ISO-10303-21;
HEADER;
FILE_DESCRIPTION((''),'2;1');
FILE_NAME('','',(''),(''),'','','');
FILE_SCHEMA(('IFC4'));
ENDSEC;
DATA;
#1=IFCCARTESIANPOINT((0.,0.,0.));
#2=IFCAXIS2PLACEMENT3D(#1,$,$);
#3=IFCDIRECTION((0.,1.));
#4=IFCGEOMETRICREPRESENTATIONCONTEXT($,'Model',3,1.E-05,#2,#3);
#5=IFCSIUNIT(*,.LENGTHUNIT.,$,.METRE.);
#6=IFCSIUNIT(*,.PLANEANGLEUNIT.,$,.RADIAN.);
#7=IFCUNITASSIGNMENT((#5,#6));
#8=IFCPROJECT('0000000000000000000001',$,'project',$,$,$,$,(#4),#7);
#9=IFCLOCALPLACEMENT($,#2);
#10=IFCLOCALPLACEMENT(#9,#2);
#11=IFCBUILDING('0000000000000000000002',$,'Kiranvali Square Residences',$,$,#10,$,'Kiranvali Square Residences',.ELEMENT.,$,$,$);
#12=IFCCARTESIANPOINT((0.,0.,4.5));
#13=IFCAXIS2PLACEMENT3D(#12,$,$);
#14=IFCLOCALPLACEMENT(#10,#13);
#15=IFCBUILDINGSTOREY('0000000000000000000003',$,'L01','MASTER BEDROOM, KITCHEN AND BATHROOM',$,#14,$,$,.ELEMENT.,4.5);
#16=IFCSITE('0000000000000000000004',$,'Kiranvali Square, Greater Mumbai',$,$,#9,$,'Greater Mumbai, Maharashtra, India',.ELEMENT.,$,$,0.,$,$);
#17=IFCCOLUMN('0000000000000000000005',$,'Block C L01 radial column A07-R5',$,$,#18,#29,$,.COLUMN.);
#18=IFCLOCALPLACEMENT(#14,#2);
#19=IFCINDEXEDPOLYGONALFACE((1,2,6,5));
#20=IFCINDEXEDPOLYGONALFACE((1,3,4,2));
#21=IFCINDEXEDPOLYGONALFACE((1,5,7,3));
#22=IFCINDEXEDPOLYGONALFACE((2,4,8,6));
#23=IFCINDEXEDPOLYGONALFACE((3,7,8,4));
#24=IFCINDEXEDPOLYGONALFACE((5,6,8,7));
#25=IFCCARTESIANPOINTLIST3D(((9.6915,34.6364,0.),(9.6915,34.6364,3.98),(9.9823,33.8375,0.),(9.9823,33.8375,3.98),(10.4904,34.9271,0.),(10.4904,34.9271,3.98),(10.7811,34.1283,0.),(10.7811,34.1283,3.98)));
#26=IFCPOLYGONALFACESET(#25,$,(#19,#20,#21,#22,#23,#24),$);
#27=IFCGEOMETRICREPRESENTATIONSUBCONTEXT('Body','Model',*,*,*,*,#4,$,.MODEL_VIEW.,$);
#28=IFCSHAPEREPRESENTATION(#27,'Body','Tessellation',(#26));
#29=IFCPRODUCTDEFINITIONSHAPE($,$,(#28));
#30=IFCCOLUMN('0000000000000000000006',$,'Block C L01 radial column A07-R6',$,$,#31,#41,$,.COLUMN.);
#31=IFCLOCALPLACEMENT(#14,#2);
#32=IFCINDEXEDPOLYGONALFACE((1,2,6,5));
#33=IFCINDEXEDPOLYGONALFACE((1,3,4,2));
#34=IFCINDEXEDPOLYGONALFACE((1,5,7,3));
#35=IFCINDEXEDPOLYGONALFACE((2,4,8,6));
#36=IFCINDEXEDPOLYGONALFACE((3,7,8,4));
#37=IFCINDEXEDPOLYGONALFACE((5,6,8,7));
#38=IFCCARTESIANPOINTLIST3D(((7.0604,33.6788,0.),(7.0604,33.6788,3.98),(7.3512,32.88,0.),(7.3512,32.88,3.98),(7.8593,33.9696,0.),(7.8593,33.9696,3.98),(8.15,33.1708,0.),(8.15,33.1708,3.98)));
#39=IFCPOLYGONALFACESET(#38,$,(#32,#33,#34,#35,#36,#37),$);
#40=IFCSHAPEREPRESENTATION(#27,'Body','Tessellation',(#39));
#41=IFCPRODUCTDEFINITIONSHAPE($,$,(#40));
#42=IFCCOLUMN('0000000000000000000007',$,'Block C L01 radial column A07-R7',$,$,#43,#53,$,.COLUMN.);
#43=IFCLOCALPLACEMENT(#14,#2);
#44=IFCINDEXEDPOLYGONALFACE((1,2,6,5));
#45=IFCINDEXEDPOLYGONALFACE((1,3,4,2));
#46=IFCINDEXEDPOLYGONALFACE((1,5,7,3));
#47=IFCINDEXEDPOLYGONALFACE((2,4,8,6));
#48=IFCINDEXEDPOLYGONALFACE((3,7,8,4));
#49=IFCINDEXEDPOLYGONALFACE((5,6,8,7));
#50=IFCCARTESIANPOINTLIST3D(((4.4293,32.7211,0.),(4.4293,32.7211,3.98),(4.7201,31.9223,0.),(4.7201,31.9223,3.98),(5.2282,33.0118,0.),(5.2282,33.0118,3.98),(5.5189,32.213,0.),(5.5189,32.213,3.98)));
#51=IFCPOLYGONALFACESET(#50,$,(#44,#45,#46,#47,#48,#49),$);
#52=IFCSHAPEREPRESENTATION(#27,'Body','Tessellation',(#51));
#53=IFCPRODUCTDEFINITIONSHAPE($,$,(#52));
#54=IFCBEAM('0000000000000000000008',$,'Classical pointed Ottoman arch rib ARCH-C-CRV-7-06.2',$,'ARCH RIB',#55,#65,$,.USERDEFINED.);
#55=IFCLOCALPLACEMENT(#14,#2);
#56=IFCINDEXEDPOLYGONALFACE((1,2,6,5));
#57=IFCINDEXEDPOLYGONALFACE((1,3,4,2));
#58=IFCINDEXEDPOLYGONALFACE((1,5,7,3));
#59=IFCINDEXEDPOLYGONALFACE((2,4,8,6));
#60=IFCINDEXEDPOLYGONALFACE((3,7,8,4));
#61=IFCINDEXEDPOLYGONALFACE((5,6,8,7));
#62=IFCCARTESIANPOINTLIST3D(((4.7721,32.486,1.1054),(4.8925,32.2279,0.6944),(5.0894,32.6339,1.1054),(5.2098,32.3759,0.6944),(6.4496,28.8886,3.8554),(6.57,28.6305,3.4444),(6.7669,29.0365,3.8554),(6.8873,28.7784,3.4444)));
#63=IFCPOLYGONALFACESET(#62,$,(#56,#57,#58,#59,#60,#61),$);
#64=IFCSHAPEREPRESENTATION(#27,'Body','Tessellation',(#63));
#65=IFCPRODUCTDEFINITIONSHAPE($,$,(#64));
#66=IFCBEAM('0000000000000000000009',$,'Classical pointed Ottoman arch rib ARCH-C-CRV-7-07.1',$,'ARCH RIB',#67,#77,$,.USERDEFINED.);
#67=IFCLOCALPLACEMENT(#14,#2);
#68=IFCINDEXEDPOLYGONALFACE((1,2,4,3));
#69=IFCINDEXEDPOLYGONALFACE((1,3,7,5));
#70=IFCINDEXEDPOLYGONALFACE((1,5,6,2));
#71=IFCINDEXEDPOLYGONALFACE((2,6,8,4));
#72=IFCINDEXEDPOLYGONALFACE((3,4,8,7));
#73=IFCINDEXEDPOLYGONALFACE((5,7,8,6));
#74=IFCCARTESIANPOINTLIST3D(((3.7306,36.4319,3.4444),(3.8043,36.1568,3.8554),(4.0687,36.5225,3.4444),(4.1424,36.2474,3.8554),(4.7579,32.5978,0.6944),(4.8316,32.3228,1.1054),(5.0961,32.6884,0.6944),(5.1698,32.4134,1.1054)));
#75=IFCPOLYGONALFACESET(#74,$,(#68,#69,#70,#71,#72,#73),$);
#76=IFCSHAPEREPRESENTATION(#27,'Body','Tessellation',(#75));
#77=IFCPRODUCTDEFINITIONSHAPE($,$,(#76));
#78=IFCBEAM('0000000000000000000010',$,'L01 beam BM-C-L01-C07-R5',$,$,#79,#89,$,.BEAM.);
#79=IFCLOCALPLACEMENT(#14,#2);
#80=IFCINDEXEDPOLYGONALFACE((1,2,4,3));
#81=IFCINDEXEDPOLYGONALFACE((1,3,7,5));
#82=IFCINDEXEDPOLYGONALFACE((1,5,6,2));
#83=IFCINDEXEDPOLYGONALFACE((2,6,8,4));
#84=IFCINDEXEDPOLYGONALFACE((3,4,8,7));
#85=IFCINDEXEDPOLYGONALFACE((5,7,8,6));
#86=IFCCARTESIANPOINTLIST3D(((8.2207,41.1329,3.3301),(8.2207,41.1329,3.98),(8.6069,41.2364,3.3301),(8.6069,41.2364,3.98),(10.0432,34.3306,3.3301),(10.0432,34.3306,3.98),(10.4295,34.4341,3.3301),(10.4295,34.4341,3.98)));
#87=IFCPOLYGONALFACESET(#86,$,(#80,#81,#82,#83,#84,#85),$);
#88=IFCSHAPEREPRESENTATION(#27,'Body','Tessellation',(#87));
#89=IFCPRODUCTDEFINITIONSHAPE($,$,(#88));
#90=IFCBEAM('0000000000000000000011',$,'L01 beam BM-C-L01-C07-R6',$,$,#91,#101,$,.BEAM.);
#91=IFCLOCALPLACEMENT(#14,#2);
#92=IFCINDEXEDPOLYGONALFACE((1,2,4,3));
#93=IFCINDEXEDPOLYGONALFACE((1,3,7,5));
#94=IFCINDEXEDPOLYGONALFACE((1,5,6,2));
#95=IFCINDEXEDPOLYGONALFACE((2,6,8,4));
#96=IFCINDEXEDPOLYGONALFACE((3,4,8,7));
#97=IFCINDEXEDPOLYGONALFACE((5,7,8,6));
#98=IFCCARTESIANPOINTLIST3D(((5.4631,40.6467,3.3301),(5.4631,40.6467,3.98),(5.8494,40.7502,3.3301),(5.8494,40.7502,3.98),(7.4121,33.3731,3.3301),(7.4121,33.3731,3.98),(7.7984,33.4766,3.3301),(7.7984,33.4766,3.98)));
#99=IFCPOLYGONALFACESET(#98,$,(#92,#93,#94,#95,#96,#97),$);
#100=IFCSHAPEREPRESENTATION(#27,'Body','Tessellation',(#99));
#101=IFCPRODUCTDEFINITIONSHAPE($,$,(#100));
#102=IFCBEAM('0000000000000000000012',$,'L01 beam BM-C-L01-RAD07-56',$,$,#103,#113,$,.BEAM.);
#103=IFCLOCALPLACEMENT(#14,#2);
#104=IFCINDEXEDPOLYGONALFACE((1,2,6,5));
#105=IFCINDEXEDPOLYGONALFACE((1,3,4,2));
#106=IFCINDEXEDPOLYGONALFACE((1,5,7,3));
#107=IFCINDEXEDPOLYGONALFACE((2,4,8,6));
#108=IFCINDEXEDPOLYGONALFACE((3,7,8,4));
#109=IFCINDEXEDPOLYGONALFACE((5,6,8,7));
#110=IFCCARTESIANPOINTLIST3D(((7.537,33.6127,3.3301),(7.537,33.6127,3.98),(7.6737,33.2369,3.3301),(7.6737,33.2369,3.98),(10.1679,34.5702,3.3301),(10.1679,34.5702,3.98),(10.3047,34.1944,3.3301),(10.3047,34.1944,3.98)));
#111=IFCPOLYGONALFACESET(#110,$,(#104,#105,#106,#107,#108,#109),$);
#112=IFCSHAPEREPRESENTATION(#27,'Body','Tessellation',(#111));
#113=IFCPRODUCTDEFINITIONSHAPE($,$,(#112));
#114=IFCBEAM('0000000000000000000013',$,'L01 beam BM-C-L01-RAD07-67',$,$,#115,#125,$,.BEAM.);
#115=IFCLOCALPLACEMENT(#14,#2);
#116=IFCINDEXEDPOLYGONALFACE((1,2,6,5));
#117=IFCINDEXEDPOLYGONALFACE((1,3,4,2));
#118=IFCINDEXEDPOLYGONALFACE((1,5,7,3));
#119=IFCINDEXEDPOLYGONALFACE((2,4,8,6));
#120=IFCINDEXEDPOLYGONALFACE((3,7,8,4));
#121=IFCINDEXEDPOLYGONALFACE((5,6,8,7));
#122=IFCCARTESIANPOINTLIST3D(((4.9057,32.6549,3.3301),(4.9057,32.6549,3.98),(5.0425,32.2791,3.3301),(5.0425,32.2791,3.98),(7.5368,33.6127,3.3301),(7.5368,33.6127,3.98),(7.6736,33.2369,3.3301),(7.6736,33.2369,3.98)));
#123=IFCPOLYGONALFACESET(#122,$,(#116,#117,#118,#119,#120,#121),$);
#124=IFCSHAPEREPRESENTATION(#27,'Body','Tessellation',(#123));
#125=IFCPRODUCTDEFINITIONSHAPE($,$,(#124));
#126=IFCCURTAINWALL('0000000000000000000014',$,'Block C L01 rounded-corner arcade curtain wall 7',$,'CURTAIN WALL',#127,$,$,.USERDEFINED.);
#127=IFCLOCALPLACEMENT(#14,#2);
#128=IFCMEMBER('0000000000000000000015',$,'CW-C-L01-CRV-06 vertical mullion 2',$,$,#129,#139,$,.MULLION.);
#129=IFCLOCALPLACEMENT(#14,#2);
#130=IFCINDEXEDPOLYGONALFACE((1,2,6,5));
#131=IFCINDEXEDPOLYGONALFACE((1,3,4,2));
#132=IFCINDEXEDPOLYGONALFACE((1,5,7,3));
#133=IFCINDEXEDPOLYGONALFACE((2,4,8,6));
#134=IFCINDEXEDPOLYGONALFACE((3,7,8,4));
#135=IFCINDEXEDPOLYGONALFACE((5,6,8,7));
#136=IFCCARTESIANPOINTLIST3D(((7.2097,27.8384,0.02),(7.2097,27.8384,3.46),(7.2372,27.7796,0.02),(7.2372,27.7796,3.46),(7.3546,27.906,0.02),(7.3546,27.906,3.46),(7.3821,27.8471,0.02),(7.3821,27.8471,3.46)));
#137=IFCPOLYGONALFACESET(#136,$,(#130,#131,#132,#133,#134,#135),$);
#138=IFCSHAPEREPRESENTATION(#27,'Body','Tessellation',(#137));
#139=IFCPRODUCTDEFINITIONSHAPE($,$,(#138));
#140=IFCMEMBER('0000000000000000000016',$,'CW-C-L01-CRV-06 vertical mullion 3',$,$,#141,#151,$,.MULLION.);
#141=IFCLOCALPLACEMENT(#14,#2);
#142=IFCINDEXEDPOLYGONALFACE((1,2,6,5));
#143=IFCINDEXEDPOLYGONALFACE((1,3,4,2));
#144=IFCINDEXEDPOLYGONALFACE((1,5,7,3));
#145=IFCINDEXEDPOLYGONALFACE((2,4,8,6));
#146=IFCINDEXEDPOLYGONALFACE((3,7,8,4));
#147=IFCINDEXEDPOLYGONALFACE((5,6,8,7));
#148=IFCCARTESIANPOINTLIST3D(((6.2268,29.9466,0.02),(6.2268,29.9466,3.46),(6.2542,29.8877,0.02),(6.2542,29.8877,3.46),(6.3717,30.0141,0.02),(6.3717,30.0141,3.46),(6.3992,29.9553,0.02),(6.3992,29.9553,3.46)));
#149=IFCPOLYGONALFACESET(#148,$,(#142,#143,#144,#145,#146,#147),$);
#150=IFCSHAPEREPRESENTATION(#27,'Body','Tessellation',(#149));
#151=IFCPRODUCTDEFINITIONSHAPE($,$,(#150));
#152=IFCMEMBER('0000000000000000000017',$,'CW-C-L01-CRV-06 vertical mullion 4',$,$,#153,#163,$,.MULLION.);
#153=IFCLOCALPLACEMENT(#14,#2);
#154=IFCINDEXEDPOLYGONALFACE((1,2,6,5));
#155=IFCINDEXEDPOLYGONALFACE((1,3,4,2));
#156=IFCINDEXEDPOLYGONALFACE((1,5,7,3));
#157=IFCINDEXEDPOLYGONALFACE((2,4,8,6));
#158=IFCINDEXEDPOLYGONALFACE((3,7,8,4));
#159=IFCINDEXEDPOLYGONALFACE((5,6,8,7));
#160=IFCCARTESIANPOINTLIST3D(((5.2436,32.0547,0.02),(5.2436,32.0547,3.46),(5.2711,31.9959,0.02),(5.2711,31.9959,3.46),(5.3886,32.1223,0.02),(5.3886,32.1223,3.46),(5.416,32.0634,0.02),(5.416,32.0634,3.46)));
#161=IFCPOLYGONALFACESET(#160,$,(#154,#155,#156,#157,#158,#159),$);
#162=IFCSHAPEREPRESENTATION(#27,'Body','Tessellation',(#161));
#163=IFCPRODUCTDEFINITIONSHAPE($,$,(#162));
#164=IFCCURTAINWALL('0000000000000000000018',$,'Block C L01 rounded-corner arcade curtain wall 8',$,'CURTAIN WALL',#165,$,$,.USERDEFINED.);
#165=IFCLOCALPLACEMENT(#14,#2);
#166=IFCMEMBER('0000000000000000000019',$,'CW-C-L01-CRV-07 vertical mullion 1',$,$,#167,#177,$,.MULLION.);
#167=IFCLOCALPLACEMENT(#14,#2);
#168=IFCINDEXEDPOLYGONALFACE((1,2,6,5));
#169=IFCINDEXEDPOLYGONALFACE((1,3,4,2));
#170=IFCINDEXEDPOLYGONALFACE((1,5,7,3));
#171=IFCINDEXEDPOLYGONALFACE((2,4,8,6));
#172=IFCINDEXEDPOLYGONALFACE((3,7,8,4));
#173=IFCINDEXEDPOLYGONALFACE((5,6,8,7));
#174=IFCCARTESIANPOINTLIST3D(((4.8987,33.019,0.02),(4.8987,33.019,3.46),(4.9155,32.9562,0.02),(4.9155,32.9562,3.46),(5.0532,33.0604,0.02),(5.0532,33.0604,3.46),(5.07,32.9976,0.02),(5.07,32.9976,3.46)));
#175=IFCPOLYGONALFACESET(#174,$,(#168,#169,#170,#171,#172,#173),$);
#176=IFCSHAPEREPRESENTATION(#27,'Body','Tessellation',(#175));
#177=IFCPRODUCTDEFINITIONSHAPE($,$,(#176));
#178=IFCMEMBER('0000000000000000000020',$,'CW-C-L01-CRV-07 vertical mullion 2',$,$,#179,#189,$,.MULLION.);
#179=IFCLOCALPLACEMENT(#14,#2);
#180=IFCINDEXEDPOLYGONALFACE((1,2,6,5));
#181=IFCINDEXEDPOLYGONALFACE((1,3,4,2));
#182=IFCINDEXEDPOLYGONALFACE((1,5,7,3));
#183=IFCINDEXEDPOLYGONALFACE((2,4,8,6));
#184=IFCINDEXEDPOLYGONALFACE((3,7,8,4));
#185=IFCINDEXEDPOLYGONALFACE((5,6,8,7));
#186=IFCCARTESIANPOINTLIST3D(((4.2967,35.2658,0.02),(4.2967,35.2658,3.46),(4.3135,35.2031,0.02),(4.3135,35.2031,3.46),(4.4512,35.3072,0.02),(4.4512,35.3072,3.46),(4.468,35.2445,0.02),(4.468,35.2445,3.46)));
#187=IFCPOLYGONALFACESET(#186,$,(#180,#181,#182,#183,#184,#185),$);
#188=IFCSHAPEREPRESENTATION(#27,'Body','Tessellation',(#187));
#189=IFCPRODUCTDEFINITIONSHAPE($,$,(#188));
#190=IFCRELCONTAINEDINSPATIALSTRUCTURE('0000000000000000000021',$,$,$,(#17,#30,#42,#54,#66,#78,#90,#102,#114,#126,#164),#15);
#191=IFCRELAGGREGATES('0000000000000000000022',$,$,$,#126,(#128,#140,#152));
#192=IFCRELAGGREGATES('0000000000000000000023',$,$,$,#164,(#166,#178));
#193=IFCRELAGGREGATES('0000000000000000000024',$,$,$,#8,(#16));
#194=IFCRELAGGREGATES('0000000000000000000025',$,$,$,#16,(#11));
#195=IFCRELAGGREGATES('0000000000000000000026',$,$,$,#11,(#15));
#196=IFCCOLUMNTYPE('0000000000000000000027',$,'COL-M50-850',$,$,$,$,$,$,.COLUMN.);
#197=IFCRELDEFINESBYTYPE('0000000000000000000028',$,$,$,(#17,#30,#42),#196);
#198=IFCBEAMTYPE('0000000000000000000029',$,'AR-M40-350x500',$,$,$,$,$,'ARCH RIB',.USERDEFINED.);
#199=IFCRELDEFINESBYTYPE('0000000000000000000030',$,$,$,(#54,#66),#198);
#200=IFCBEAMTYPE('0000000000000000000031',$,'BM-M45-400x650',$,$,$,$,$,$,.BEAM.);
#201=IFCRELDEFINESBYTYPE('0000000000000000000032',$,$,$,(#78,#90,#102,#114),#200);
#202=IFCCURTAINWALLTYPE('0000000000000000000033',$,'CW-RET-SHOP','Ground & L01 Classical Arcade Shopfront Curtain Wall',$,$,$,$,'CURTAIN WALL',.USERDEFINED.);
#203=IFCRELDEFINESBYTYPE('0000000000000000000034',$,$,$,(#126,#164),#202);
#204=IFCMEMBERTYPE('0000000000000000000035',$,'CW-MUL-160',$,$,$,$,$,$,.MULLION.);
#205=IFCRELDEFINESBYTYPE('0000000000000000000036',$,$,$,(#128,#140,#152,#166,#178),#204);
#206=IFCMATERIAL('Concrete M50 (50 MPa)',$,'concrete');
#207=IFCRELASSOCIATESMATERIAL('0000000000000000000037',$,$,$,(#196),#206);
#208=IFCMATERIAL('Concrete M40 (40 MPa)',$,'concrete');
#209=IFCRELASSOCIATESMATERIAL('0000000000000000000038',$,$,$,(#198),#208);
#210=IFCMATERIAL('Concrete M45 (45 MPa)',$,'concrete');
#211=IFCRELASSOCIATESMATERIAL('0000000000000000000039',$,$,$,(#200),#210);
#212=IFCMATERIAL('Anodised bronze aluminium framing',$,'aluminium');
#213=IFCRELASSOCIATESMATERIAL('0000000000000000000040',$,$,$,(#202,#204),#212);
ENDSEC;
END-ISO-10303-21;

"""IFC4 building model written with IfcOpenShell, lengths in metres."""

from ifc_helpers import new_model, si_unit, direction, frame, origin, origin_2d, place, context, subcontext, project, spatial, rectangle, extrude, material, material_profile, profile_set, type_object, element, aggregate, save


model = new_model("IFC4")

# Units and contexts
model_context = context("Model", 3, precision=1e-05, world=origin(), true_north=direction((0.0, 1.0)))
body_context = subcontext(model_context, "Body", "Model", "MODEL_VIEW")
ifc_project = project(units=[si_unit("LENGTHUNIT", "METRE"), si_unit("PLANEANGLEUNIT", "RADIAN")], contexts=[model_context])

# Site, building, storey
site_placement = place(None, origin())
site = spatial("IfcSite", under=ifc_project, at=site_placement, Name="Kiranvali Square, Greater Mumbai", LongName="Greater Mumbai, Maharashtra, India", CompositionType="ELEMENT", RefElevation=0.0)
building_placement = place(site_placement, origin())
building = spatial("IfcBuilding", under=site, at=building_placement, Name="Kiranvali Square Residences", LongName="Kiranvali Square Residences", CompositionType="ELEMENT")
storey_placement = place(building_placement, frame((0.0, 0.0, 4.5)))
storey = spatial("IfcBuildingStorey", under=building, at=storey_placement, Name="L01", Description="MASTER BEDROOM, KITCHEN AND BATHROOM", CompositionType="ELEMENT", Elevation=4.5)

# Columns
ifc_material_1 = material(Name="Concrete M50 (50 MPa)", Category="concrete")
ifc_material_profile_1 = material_profile(ifc_material_1, rectangle(XDim=0.8501, YDim=0.8501, at=origin_2d()), Name="RC 850x850")
ifc_profile_set_1 = profile_set([ifc_material_profile_1], Name="Concrete M50 (50 MPa)")
column_type = type_object("IfcColumnType", Name="COL-M50-850", PredefinedType="COLUMN", material=ifc_profile_set_1)
for number, where, z_axis, x_axis, name in (
    (1, (10.2363, 34.3823, 0.0), (0.0, 0.0, 1.0), (-0.34202, 0.939693, 0.0), "Block C L01 radial column A07-R5"),
    (2, (7.6052, 33.4248, 0.0), (0.0, 0.0, 1.0), (-0.34202, 0.939693, 0.0), "Block C L01 radial column A07-R6"),
    (3, (4.9741, 32.467, 0.0), (0.0, 0.0, 1.0), (-0.34202, 0.939693, 0.0), "Block C L01 radial column A07-R7"),
):
    element("IfcColumn", number, at=place(storey_placement, frame(where, z_axis=z_axis, x_axis=x_axis)), inside=storey, type_object=column_type, Name=name, PredefinedType="COLUMN", context=body_context, shape_type="SweptSolid", body=[
        extrude(rectangle(XDim=0.8501, YDim=0.8501, at=origin_2d()), origin(), (0.0, 0.0, 1.0), 3.98),
    ])

# Beams
ifc_material_2 = material(Name="Concrete M40 (40 MPa)", Category="concrete")
ifc_material_profile_2 = material_profile(ifc_material_2, rectangle(XDim=0.3501, YDim=0.5, at=origin_2d()), Name="RC 350x500")
ifc_profile_set_2 = profile_set([ifc_material_profile_2], Name="Concrete M40 (40 MPa)")
beam_type_1 = type_object("IfcBeamType", Name="AR-M40-350x500", ElementType="ARCH RIB", PredefinedType="USERDEFINED", material=ifc_profile_set_2)
for number, where, z_axis, x_axis, name in (
    (4, (6.6685, 28.8335, 3.6499), (-0.347389, 0.744982, -0.569493), (-0.906309, -0.422616, 0.0), "Classical pointed Ottoman arch rib ARCH-C-CRV-7-06.2"),
    (5, (4.9639, 32.5056, 0.8999), (-0.212753, 0.793982, 0.569499), (-0.965924, -0.258826, 0.0), "Classical pointed Ottoman arch rib ARCH-C-CRV-7-07.1"),
):
    element("IfcBeam", number, at=place(storey_placement, frame(where, z_axis=z_axis, x_axis=x_axis)), inside=storey, type_object=beam_type_1, Name=name, ObjectType="ARCH RIB", PredefinedType="USERDEFINED", context=body_context, shape_type="SweptSolid", body=[
        extrude(rectangle(XDim=0.3501, YDim=0.5, at=origin_2d()), origin(), (0.0, 0.0, 1.0), 4.8289),
    ])
ifc_material_3 = material(Name="Concrete M45 (45 MPa)", Category="concrete")
ifc_material_profile_3 = material_profile(ifc_material_3, rectangle(XDim=0.3999, YDim=0.6499, at=origin_2d()), Name="RC 400x650")
ifc_profile_set_3 = profile_set([ifc_material_profile_3], Name="Concrete M45 (45 MPa)")
beam_type_2 = type_object("IfcBeamType", Name="BM-M45-400x650", PredefinedType="BEAM", material=ifc_profile_set_3)
beam_1_placement = place(storey_placement, frame((10.2363, 34.3823, 3.655), z_axis=(-0.2588, 0.965931, 0.0), x_axis=(-0.965931, -0.2588, 0.0)))
element("IfcBeam", 6, at=beam_1_placement, inside=storey, type_object=beam_type_2, Name="L01 beam BM-C-L01-C07-R5", PredefinedType="BEAM", context=body_context, shape_type="SweptSolid", body=[
    extrude(rectangle(XDim=0.3999, YDim=0.6499, at=origin_2d()), origin(), (0.0, 0.0, 1.0), 7.0422),
])
beam_2_placement = place(storey_placement, frame((7.6052, 33.4248, 3.655), z_axis=(-0.258819, 0.965926, 0.0), x_axis=(-0.965926, -0.258819, 0.0)))
element("IfcBeam", 7, at=beam_2_placement, inside=storey, type_object=beam_type_2, Name="L01 beam BM-C-L01-C07-R6", PredefinedType="BEAM", context=body_context, shape_type="SweptSolid", body=[
    extrude(rectangle(XDim=0.3999, YDim=0.6499, at=origin_2d()), origin(), (0.0, 0.0, 1.0), 7.5303),
])
beam_3_placement = place(storey_placement, frame((10.2363, 34.3823, 3.655), z_axis=(-0.939707, -0.341981, 0.0), x_axis=(0.341981, -0.939707, 0.0)))
element("IfcBeam", 8, at=beam_3_placement, inside=storey, type_object=beam_type_2, Name="L01 beam BM-C-L01-RAD07-56", PredefinedType="BEAM", context=body_context, shape_type="SweptSolid", body=[
    extrude(rectangle(XDim=0.3999, YDim=0.6499, at=origin_2d()), origin(), (0.0, 0.0, 1.0), 2.7998),
])
beam_4_placement = place(storey_placement, frame((7.6052, 33.4248, 3.655), z_axis=(-0.939679, -0.342058, 0.0), x_axis=(0.342058, -0.939679, 0.0)))
element("IfcBeam", 9, at=beam_4_placement, inside=storey, type_object=beam_type_2, Name="L01 beam BM-C-L01-RAD07-67", PredefinedType="BEAM", context=body_context, shape_type="SweptSolid", body=[
    extrude(rectangle(XDim=0.3999, YDim=0.6499, at=origin_2d()), origin(), (0.0, 0.0, 1.0), 2.8),
])

# Curtain walls, members
ifc_material_4 = material(Name="Anodised bronze aluminium framing", Category="aluminium")
curtain_wall_type = type_object("IfcCurtainWallType", Name="CW-RET-SHOP", Description="Ground & L01 Classical Arcade Shopfront Curtain Wall", ElementType="CURTAIN WALL", PredefinedType="USERDEFINED", material=ifc_material_4)
curtain_wall_1_placement = place(storey_placement, origin())
curtain_wall_1 = element("IfcCurtainWall", 10, at=curtain_wall_1_placement, inside=storey, type_object=curtain_wall_type, Name="Block C L01 rounded-corner arcade curtain wall 7", ObjectType="CURTAIN WALL", PredefinedType="USERDEFINED")
ifc_material_profile_4 = material_profile(ifc_material_4, rectangle(XDim=0.0649, YDim=0.1599, at=origin_2d()), Name="ALU 65x160")
ifc_profile_set_4 = profile_set([ifc_material_profile_4], Name="Anodised bronze aluminium framing")
member_type_1 = type_object("IfcMemberType", Name="CW-MUL-160", PredefinedType="MULLION", material=ifc_profile_set_4)
member_1_placement = place(storey_placement, frame((7.2959, 27.8428, 0.02), z_axis=(0.0, 0.0, 1.0), x_axis=(-0.422618, 0.906308, 0.0)))
member_1 = element("IfcMember", 11, at=member_1_placement, type_object=member_type_1, Name="CW-C-L01-CRV-06 vertical mullion 2", PredefinedType="MULLION", context=body_context, shape_type="SweptSolid", body=[
    extrude(rectangle(XDim=0.0649, YDim=0.1599, at=origin_2d()), origin(), (0.0, 0.0, 1.0), 3.4399),
])
member_2_placement = place(storey_placement, frame((6.313, 29.9509, 0.02), z_axis=(0.0, 0.0, 1.0), x_axis=(-0.422618, 0.906308, 0.0)))
member_2 = element("IfcMember", 12, at=member_2_placement, type_object=member_type_1, Name="CW-C-L01-CRV-06 vertical mullion 3", PredefinedType="MULLION", context=body_context, shape_type="SweptSolid", body=[
    extrude(rectangle(XDim=0.0649, YDim=0.1599, at=origin_2d()), origin(), (0.0, 0.0, 1.0), 3.4399),
])
member_3_placement = place(storey_placement, frame((5.3298, 32.0591, 0.02), z_axis=(0.0, 0.0, 1.0), x_axis=(-0.422618, 0.906308, 0.0)))
member_3 = element("IfcMember", 13, at=member_3_placement, type_object=member_type_1, Name="CW-C-L01-CRV-06 vertical mullion 4", PredefinedType="MULLION", context=body_context, shape_type="SweptSolid", body=[
    extrude(rectangle(XDim=0.0649, YDim=0.1599, at=origin_2d()), origin(), (0.0, 0.0, 1.0), 3.4399),
])
curtain_wall_2_placement = place(storey_placement, origin())
curtain_wall_2 = element("IfcCurtainWall", 14, at=curtain_wall_2_placement, inside=storey, type_object=curtain_wall_type, Name="Block C L01 rounded-corner arcade curtain wall 8", ObjectType="CURTAIN WALL", PredefinedType="USERDEFINED")
member_4_placement = place(storey_placement, frame((4.9844, 33.0083, 0.02), z_axis=(0.0, 0.0, 1.0), x_axis=(-0.258819, 0.965926, 0.0)))
member_4 = element("IfcMember", 15, at=member_4_placement, type_object=member_type_1, Name="CW-C-L01-CRV-07 vertical mullion 1", PredefinedType="MULLION", context=body_context, shape_type="SweptSolid", body=[
    extrude(rectangle(XDim=0.0649, YDim=0.1599, at=origin_2d()), origin(), (0.0, 0.0, 1.0), 3.4399),
])
member_5_placement = place(storey_placement, frame((4.3823, 35.2551, 0.02), z_axis=(0.0, 0.0, 1.0), x_axis=(-0.258819, 0.965926, 0.0)))
member_5 = element("IfcMember", 16, at=member_5_placement, type_object=member_type_1, Name="CW-C-L01-CRV-07 vertical mullion 2", PredefinedType="MULLION", context=body_context, shape_type="SweptSolid", body=[
    extrude(rectangle(XDim=0.0649, YDim=0.1599, at=origin_2d()), origin(), (0.0, 0.0, 1.0), 3.4399),
])

aggregate(curtain_wall_1, [member_1, member_2, member_3])
aggregate(curtain_wall_2, [member_4, member_5])

save(model, "model.ifc")
